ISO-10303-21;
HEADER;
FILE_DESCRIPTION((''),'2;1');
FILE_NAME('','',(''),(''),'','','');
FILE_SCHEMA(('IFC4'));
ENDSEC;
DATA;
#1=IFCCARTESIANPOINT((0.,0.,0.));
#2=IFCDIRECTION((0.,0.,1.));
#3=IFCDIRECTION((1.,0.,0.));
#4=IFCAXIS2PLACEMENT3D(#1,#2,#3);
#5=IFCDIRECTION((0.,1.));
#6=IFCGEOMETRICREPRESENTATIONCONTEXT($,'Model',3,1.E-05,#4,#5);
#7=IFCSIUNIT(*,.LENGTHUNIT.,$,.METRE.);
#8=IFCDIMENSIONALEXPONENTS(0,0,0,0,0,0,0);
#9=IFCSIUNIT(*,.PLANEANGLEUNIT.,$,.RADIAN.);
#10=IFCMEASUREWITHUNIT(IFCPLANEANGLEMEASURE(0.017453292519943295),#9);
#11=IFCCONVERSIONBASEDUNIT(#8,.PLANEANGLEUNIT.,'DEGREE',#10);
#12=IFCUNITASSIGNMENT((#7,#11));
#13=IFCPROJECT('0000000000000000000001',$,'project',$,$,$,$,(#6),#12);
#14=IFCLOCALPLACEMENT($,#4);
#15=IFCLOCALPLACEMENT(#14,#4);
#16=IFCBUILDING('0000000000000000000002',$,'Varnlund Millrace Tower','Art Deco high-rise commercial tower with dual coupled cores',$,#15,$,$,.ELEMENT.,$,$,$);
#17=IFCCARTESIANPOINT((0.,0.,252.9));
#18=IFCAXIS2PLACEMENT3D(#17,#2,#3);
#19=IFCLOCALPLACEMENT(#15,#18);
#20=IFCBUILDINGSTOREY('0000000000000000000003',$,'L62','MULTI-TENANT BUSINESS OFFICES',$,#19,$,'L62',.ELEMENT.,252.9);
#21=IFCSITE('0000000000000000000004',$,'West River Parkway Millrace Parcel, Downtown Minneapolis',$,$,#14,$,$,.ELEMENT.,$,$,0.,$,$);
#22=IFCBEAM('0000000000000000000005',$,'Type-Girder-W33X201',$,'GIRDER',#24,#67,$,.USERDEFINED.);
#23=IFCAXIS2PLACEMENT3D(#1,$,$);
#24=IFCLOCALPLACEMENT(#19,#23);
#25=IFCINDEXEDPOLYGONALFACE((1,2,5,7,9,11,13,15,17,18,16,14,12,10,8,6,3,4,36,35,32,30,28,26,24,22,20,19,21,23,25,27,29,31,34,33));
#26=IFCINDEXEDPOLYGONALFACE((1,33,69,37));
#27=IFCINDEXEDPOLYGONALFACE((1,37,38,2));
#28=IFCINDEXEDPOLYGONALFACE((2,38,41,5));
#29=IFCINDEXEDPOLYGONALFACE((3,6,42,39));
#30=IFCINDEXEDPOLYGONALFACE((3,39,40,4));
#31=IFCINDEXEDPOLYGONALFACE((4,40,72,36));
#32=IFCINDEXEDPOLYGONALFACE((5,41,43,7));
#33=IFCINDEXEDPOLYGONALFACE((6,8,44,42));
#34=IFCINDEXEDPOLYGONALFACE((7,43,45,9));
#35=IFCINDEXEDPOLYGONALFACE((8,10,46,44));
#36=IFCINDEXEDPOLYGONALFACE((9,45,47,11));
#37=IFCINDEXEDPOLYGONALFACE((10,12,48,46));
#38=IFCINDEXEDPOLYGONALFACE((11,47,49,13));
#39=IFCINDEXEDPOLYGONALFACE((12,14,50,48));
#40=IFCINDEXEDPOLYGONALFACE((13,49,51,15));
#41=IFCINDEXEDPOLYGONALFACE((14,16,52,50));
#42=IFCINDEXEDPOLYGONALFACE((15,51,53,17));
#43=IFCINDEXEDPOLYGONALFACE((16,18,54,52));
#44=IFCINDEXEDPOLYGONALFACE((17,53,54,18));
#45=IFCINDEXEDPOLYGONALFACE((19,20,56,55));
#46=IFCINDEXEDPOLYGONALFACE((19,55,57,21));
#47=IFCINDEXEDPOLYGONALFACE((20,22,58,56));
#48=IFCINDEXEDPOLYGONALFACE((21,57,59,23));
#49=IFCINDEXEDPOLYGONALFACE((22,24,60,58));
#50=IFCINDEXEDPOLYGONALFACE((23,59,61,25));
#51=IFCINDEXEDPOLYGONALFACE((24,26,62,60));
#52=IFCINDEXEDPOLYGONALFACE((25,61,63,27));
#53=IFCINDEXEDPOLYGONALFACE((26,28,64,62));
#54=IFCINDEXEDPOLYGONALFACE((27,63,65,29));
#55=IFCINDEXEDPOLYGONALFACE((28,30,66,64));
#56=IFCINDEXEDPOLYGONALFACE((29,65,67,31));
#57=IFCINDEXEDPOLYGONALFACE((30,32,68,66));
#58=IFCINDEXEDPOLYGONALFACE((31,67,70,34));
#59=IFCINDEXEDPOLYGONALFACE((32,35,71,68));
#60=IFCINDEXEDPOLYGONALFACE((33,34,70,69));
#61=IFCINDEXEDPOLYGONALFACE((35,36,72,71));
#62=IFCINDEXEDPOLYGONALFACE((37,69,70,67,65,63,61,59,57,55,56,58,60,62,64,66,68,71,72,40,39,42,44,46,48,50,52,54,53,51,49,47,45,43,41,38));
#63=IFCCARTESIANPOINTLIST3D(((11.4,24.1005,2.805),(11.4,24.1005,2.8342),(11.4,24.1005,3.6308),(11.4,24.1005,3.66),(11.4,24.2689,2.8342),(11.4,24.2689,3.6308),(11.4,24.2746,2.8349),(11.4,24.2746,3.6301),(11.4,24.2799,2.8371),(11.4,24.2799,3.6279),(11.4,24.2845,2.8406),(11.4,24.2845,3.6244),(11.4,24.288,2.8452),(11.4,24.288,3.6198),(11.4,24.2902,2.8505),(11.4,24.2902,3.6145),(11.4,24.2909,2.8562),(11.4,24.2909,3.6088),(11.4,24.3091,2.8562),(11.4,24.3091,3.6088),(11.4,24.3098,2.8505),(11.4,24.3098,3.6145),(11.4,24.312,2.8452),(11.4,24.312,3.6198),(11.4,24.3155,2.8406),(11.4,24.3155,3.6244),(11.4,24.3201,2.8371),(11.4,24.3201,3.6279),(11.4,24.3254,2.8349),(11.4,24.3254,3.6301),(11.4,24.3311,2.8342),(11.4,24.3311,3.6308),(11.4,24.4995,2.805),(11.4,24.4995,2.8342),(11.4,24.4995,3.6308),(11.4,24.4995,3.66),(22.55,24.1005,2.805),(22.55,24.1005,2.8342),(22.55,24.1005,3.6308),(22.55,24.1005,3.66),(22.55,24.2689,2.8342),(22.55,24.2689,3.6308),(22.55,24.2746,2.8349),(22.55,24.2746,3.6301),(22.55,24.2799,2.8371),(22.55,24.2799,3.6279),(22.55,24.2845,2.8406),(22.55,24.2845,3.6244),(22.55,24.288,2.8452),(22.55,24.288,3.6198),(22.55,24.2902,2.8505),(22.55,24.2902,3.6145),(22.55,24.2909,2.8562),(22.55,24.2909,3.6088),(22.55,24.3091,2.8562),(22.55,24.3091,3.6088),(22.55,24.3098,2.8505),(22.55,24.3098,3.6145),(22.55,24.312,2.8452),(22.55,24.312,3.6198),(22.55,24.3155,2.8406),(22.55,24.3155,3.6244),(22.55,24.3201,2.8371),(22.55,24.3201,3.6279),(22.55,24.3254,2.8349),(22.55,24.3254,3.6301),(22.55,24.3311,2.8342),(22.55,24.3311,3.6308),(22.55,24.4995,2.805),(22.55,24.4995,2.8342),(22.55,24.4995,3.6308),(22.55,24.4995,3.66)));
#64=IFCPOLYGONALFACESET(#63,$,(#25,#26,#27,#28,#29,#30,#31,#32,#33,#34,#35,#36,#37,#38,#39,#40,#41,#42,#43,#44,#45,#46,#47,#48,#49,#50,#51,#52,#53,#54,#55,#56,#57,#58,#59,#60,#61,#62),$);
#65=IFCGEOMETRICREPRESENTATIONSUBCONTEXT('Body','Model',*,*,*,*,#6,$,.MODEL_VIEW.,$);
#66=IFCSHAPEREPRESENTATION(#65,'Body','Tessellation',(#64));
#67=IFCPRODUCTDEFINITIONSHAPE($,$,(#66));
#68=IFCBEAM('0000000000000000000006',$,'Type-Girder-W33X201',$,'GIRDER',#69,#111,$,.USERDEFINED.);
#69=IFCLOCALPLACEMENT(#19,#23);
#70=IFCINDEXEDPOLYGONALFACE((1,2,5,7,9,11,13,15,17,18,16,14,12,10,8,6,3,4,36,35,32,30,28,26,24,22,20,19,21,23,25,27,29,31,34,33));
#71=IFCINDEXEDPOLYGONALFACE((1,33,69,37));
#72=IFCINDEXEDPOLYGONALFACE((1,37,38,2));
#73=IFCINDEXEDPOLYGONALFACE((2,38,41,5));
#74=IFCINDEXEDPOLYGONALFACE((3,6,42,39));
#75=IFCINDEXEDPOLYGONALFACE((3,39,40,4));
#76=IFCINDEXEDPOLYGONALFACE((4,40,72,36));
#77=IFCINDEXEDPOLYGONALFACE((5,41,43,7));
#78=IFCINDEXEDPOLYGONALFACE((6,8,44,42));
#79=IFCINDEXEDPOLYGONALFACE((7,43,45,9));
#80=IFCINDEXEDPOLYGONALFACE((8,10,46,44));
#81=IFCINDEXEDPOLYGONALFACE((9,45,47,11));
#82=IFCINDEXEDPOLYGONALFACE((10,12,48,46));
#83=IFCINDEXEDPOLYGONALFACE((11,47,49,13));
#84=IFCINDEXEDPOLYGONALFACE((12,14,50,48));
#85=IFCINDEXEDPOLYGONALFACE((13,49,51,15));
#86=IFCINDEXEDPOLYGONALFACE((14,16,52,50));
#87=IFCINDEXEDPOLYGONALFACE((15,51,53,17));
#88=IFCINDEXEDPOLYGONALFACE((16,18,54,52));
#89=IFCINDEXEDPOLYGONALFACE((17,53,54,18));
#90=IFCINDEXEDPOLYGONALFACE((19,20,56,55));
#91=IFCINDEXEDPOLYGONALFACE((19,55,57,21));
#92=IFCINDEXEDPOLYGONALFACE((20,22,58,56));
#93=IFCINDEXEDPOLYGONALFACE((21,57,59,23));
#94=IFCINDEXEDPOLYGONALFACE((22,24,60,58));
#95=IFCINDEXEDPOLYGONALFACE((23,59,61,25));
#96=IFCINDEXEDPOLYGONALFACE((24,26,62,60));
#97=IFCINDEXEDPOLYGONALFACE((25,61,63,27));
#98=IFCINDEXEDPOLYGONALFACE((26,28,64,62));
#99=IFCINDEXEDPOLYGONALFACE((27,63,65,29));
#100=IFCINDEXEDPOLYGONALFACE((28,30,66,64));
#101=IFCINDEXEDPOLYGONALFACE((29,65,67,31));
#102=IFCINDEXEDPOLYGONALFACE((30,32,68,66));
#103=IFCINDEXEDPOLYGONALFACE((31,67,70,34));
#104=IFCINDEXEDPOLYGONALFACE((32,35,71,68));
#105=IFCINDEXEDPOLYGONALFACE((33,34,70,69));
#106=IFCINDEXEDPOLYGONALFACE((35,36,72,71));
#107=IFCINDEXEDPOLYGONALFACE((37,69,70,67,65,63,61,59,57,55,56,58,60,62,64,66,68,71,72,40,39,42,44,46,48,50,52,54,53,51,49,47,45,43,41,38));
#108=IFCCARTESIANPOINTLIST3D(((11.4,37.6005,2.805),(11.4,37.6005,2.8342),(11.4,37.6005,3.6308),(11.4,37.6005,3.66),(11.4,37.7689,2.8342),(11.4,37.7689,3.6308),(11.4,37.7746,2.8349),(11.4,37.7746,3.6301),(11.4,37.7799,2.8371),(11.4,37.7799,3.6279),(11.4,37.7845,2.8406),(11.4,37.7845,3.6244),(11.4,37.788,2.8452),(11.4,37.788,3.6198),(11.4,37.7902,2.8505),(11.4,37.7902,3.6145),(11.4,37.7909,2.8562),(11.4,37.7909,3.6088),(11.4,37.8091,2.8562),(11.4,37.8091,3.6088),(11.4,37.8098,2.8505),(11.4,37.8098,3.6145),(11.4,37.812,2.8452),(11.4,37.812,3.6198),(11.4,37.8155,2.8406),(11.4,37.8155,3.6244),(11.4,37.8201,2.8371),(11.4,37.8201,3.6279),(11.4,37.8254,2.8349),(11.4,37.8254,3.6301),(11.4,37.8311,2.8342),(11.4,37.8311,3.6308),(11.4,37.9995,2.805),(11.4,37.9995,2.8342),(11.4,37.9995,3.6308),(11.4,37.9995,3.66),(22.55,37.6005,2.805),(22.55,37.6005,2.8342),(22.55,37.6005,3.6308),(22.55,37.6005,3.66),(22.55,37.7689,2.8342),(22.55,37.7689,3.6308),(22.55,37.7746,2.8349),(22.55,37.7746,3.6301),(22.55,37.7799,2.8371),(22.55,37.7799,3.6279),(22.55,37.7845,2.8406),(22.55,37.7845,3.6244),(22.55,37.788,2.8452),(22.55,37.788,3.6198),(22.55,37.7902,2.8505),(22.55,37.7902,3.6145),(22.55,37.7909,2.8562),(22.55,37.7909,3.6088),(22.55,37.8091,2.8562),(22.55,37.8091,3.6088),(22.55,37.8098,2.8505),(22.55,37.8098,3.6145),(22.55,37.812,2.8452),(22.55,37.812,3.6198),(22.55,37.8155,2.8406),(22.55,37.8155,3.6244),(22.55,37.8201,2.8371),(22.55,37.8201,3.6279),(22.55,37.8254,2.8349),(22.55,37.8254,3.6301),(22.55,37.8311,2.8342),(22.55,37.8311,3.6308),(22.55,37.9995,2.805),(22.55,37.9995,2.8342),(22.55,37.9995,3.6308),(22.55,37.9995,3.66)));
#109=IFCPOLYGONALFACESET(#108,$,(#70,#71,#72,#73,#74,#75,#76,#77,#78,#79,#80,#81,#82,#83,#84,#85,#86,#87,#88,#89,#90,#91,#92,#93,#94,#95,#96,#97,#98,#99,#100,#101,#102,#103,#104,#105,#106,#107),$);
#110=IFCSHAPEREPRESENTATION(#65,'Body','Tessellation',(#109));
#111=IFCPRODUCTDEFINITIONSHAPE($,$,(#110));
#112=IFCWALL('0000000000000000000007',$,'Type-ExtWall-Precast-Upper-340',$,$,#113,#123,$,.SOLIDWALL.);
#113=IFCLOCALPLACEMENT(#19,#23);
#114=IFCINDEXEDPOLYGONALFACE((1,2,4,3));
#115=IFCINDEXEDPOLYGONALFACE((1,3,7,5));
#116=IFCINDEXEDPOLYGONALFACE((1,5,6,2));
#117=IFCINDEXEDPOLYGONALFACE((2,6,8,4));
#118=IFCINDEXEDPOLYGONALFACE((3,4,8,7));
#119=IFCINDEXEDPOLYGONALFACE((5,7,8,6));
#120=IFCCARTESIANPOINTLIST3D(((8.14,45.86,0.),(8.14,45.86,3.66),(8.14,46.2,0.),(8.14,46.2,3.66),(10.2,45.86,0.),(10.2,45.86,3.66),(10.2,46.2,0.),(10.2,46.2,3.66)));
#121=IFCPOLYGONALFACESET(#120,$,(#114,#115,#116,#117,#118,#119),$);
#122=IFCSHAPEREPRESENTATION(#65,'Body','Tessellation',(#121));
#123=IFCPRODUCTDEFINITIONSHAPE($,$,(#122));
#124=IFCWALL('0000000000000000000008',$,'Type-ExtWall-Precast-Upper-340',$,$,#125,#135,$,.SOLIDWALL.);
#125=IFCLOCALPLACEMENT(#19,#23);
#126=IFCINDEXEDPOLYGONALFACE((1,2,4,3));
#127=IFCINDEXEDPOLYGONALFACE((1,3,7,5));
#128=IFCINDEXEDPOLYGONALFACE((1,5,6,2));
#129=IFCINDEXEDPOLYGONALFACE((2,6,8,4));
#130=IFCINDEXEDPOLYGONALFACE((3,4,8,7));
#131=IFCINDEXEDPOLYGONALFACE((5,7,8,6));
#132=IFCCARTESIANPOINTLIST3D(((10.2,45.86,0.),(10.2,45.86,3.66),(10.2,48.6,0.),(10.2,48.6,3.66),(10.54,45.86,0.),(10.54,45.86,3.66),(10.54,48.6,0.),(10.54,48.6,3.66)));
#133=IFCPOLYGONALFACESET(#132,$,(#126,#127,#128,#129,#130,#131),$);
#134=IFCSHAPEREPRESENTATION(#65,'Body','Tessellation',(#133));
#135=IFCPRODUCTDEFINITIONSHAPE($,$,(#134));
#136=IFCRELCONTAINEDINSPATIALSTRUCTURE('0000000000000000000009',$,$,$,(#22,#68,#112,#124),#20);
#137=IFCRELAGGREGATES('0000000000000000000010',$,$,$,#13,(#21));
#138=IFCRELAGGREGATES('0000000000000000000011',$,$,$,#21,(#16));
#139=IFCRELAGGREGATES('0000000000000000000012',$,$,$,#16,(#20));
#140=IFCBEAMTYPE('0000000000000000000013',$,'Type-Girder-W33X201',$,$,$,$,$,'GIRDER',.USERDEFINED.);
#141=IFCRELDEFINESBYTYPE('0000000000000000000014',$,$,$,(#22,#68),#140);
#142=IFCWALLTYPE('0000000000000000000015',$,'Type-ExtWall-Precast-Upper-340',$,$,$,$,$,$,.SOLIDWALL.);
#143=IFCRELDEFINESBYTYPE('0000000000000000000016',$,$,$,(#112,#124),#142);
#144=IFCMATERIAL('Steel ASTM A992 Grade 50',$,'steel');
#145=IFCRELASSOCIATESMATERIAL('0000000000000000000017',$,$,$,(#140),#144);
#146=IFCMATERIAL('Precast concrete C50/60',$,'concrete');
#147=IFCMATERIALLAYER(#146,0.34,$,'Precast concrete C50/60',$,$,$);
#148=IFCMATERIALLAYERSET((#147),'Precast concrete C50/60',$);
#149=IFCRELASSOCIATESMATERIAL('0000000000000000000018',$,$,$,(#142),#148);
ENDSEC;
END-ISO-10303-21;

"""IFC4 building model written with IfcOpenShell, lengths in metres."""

from ifc_helpers import new_model, entity, si_unit, converted_unit, direction, frame, origin_with_axes, origin_2d_with_axis, place, context, subcontext, project, spatial, polyline, i_section, outline, extrude, material, layer, layer_set, material_profile, profile_set, type_object, element, save


model = new_model("IFC4")

# Units and contexts
model_context = context("Model", 3, precision=1e-05, world=origin_with_axes(), true_north=direction((0.0, 1.0)))
body_context = subcontext(model_context, "Body", "Model", "MODEL_VIEW")
ifc_project = project(units=[si_unit("LENGTHUNIT", "METRE"), converted_unit("PLANEANGLEUNIT", "DEGREE", entity("IfcPlaneAngleMeasure", 0.017453292519943295), si_unit("PLANEANGLEUNIT", "RADIAN"), dimensions=[0, 0, 0, 0, 0, 0, 0])], contexts=[model_context])

# Site, building, storey
site_placement = place(None, origin_with_axes())
site = spatial("IfcSite", under=ifc_project, at=site_placement, Name="West River Parkway Millrace Parcel, Downtown Minneapolis", CompositionType="ELEMENT", RefElevation=0.0)
building_placement = place(site_placement, origin_with_axes())
building = spatial("IfcBuilding", under=site, at=building_placement, Name="Varnlund Millrace Tower", Description="Art Deco high-rise commercial tower with dual coupled cores", CompositionType="ELEMENT")
storey_placement = place(building_placement, frame((0.0, 0.0, 252.9), z_axis=(0.0, 0.0, 1.0), x_axis=(1.0, 0.0, 0.0)))
storey = spatial("IfcBuildingStorey", under=building, at=storey_placement, Name="L62", Description="MULTI-TENANT BUSINESS OFFICES", LongName="L62", CompositionType="ELEMENT", Elevation=252.9)

# Beams
ifc_material_1 = material(Name="Steel ASTM A992 Grade 50", Category="steel")
ifc_material_profile_1 = material_profile(ifc_material_1, i_section(OverallWidth=0.399, OverallDepth=0.855, WebThickness=0.0182, FlangeThickness=0.0292, FilletRadius=0.022, at=origin_2d_with_axis()), Name="Steel ASTM A992 Grade 50")
ifc_profile_set_1 = profile_set([ifc_material_profile_1], Name="Steel ASTM A992 Grade 50")
beam_type_1 = type_object("IfcBeamType", Name="Type-Girder-W33X201", ElementType="GIRDER", PredefinedType="USERDEFINED", material=ifc_profile_set_1)
for number, where, z_axis, x_axis, name in (
    (1, (11.4, 24.3, 3.2325), (1.0, 0.0, 0.0), (0.0, 1.0, 0.0), "Type-Girder-W33X201"),
    (2, (11.4, 37.8, 3.2325), (1.0, 0.0, 0.0), (0.0, 1.0, 0.0), "Type-Girder-W33X201"),
):
    element("IfcBeam", number, at=place(storey_placement, frame(where, z_axis=z_axis, x_axis=x_axis)), inside=storey, type_object=beam_type_1, Name=name, ObjectType="GIRDER", PredefinedType="USERDEFINED", context=body_context, shape_type="SweptSolid", body=[
        extrude(i_section(OverallWidth=0.399, OverallDepth=0.855, WebThickness=0.0182, FlangeThickness=0.0292, FilletRadius=0.022, at=origin_2d_with_axis()), origin_with_axes(), (0.0, 0.0, 1.0), 11.15),
    ])

# Walls
ifc_material_2 = material(Name="Precast concrete C50/60", Category="concrete")
ifc_layer_1 = layer(ifc_material_2, 0.34, Name="Precast concrete C50/60")
ifc_layer_set_1 = layer_set([ifc_layer_1], Name="Precast concrete C50/60")
wall_type_1 = type_object("IfcWallType", Name="Type-ExtWall-Precast-Upper-340", PredefinedType="SOLIDWALL", material=ifc_layer_set_1)
wall_1_placement = place(storey_placement, frame((8.14, 46.03, 0.0), z_axis=(0.0, 0.0, 1.0), x_axis=(1.0, 0.0, 0.0)))
element("IfcWall", 3, at=wall_1_placement, inside=storey, type_object=wall_type_1, Name="Type-ExtWall-Precast-Upper-340", PredefinedType="SOLIDWALL", context=body_context, shape_type="SweptSolid", body=[
    extrude(outline(polyline([(0.0, -0.17), (2.06, -0.17), (2.06, 0.17), (0.0, 0.17), (0.0, -0.17)])), origin_with_axes(), (0.0, 0.0, 1.0), 3.66),
])
wall_2_placement = place(storey_placement, frame((10.37, 45.86, 0.0), z_axis=(0.0, 0.0, 1.0), x_axis=(0.0, 1.0, 0.0)))
element("IfcWall", 4, at=wall_2_placement, inside=storey, type_object=wall_type_1, Name="Type-ExtWall-Precast-Upper-340", PredefinedType="SOLIDWALL", context=body_context, shape_type="SweptSolid", body=[
    extrude(outline(polyline([(0.0, -0.17), (2.74, -0.17), (2.74, 0.17), (0.0, 0.17), (0.0, -0.17)])), origin_with_axes(), (0.0, 0.0, 1.0), 3.66),
])

save(model, "model.ifc")
